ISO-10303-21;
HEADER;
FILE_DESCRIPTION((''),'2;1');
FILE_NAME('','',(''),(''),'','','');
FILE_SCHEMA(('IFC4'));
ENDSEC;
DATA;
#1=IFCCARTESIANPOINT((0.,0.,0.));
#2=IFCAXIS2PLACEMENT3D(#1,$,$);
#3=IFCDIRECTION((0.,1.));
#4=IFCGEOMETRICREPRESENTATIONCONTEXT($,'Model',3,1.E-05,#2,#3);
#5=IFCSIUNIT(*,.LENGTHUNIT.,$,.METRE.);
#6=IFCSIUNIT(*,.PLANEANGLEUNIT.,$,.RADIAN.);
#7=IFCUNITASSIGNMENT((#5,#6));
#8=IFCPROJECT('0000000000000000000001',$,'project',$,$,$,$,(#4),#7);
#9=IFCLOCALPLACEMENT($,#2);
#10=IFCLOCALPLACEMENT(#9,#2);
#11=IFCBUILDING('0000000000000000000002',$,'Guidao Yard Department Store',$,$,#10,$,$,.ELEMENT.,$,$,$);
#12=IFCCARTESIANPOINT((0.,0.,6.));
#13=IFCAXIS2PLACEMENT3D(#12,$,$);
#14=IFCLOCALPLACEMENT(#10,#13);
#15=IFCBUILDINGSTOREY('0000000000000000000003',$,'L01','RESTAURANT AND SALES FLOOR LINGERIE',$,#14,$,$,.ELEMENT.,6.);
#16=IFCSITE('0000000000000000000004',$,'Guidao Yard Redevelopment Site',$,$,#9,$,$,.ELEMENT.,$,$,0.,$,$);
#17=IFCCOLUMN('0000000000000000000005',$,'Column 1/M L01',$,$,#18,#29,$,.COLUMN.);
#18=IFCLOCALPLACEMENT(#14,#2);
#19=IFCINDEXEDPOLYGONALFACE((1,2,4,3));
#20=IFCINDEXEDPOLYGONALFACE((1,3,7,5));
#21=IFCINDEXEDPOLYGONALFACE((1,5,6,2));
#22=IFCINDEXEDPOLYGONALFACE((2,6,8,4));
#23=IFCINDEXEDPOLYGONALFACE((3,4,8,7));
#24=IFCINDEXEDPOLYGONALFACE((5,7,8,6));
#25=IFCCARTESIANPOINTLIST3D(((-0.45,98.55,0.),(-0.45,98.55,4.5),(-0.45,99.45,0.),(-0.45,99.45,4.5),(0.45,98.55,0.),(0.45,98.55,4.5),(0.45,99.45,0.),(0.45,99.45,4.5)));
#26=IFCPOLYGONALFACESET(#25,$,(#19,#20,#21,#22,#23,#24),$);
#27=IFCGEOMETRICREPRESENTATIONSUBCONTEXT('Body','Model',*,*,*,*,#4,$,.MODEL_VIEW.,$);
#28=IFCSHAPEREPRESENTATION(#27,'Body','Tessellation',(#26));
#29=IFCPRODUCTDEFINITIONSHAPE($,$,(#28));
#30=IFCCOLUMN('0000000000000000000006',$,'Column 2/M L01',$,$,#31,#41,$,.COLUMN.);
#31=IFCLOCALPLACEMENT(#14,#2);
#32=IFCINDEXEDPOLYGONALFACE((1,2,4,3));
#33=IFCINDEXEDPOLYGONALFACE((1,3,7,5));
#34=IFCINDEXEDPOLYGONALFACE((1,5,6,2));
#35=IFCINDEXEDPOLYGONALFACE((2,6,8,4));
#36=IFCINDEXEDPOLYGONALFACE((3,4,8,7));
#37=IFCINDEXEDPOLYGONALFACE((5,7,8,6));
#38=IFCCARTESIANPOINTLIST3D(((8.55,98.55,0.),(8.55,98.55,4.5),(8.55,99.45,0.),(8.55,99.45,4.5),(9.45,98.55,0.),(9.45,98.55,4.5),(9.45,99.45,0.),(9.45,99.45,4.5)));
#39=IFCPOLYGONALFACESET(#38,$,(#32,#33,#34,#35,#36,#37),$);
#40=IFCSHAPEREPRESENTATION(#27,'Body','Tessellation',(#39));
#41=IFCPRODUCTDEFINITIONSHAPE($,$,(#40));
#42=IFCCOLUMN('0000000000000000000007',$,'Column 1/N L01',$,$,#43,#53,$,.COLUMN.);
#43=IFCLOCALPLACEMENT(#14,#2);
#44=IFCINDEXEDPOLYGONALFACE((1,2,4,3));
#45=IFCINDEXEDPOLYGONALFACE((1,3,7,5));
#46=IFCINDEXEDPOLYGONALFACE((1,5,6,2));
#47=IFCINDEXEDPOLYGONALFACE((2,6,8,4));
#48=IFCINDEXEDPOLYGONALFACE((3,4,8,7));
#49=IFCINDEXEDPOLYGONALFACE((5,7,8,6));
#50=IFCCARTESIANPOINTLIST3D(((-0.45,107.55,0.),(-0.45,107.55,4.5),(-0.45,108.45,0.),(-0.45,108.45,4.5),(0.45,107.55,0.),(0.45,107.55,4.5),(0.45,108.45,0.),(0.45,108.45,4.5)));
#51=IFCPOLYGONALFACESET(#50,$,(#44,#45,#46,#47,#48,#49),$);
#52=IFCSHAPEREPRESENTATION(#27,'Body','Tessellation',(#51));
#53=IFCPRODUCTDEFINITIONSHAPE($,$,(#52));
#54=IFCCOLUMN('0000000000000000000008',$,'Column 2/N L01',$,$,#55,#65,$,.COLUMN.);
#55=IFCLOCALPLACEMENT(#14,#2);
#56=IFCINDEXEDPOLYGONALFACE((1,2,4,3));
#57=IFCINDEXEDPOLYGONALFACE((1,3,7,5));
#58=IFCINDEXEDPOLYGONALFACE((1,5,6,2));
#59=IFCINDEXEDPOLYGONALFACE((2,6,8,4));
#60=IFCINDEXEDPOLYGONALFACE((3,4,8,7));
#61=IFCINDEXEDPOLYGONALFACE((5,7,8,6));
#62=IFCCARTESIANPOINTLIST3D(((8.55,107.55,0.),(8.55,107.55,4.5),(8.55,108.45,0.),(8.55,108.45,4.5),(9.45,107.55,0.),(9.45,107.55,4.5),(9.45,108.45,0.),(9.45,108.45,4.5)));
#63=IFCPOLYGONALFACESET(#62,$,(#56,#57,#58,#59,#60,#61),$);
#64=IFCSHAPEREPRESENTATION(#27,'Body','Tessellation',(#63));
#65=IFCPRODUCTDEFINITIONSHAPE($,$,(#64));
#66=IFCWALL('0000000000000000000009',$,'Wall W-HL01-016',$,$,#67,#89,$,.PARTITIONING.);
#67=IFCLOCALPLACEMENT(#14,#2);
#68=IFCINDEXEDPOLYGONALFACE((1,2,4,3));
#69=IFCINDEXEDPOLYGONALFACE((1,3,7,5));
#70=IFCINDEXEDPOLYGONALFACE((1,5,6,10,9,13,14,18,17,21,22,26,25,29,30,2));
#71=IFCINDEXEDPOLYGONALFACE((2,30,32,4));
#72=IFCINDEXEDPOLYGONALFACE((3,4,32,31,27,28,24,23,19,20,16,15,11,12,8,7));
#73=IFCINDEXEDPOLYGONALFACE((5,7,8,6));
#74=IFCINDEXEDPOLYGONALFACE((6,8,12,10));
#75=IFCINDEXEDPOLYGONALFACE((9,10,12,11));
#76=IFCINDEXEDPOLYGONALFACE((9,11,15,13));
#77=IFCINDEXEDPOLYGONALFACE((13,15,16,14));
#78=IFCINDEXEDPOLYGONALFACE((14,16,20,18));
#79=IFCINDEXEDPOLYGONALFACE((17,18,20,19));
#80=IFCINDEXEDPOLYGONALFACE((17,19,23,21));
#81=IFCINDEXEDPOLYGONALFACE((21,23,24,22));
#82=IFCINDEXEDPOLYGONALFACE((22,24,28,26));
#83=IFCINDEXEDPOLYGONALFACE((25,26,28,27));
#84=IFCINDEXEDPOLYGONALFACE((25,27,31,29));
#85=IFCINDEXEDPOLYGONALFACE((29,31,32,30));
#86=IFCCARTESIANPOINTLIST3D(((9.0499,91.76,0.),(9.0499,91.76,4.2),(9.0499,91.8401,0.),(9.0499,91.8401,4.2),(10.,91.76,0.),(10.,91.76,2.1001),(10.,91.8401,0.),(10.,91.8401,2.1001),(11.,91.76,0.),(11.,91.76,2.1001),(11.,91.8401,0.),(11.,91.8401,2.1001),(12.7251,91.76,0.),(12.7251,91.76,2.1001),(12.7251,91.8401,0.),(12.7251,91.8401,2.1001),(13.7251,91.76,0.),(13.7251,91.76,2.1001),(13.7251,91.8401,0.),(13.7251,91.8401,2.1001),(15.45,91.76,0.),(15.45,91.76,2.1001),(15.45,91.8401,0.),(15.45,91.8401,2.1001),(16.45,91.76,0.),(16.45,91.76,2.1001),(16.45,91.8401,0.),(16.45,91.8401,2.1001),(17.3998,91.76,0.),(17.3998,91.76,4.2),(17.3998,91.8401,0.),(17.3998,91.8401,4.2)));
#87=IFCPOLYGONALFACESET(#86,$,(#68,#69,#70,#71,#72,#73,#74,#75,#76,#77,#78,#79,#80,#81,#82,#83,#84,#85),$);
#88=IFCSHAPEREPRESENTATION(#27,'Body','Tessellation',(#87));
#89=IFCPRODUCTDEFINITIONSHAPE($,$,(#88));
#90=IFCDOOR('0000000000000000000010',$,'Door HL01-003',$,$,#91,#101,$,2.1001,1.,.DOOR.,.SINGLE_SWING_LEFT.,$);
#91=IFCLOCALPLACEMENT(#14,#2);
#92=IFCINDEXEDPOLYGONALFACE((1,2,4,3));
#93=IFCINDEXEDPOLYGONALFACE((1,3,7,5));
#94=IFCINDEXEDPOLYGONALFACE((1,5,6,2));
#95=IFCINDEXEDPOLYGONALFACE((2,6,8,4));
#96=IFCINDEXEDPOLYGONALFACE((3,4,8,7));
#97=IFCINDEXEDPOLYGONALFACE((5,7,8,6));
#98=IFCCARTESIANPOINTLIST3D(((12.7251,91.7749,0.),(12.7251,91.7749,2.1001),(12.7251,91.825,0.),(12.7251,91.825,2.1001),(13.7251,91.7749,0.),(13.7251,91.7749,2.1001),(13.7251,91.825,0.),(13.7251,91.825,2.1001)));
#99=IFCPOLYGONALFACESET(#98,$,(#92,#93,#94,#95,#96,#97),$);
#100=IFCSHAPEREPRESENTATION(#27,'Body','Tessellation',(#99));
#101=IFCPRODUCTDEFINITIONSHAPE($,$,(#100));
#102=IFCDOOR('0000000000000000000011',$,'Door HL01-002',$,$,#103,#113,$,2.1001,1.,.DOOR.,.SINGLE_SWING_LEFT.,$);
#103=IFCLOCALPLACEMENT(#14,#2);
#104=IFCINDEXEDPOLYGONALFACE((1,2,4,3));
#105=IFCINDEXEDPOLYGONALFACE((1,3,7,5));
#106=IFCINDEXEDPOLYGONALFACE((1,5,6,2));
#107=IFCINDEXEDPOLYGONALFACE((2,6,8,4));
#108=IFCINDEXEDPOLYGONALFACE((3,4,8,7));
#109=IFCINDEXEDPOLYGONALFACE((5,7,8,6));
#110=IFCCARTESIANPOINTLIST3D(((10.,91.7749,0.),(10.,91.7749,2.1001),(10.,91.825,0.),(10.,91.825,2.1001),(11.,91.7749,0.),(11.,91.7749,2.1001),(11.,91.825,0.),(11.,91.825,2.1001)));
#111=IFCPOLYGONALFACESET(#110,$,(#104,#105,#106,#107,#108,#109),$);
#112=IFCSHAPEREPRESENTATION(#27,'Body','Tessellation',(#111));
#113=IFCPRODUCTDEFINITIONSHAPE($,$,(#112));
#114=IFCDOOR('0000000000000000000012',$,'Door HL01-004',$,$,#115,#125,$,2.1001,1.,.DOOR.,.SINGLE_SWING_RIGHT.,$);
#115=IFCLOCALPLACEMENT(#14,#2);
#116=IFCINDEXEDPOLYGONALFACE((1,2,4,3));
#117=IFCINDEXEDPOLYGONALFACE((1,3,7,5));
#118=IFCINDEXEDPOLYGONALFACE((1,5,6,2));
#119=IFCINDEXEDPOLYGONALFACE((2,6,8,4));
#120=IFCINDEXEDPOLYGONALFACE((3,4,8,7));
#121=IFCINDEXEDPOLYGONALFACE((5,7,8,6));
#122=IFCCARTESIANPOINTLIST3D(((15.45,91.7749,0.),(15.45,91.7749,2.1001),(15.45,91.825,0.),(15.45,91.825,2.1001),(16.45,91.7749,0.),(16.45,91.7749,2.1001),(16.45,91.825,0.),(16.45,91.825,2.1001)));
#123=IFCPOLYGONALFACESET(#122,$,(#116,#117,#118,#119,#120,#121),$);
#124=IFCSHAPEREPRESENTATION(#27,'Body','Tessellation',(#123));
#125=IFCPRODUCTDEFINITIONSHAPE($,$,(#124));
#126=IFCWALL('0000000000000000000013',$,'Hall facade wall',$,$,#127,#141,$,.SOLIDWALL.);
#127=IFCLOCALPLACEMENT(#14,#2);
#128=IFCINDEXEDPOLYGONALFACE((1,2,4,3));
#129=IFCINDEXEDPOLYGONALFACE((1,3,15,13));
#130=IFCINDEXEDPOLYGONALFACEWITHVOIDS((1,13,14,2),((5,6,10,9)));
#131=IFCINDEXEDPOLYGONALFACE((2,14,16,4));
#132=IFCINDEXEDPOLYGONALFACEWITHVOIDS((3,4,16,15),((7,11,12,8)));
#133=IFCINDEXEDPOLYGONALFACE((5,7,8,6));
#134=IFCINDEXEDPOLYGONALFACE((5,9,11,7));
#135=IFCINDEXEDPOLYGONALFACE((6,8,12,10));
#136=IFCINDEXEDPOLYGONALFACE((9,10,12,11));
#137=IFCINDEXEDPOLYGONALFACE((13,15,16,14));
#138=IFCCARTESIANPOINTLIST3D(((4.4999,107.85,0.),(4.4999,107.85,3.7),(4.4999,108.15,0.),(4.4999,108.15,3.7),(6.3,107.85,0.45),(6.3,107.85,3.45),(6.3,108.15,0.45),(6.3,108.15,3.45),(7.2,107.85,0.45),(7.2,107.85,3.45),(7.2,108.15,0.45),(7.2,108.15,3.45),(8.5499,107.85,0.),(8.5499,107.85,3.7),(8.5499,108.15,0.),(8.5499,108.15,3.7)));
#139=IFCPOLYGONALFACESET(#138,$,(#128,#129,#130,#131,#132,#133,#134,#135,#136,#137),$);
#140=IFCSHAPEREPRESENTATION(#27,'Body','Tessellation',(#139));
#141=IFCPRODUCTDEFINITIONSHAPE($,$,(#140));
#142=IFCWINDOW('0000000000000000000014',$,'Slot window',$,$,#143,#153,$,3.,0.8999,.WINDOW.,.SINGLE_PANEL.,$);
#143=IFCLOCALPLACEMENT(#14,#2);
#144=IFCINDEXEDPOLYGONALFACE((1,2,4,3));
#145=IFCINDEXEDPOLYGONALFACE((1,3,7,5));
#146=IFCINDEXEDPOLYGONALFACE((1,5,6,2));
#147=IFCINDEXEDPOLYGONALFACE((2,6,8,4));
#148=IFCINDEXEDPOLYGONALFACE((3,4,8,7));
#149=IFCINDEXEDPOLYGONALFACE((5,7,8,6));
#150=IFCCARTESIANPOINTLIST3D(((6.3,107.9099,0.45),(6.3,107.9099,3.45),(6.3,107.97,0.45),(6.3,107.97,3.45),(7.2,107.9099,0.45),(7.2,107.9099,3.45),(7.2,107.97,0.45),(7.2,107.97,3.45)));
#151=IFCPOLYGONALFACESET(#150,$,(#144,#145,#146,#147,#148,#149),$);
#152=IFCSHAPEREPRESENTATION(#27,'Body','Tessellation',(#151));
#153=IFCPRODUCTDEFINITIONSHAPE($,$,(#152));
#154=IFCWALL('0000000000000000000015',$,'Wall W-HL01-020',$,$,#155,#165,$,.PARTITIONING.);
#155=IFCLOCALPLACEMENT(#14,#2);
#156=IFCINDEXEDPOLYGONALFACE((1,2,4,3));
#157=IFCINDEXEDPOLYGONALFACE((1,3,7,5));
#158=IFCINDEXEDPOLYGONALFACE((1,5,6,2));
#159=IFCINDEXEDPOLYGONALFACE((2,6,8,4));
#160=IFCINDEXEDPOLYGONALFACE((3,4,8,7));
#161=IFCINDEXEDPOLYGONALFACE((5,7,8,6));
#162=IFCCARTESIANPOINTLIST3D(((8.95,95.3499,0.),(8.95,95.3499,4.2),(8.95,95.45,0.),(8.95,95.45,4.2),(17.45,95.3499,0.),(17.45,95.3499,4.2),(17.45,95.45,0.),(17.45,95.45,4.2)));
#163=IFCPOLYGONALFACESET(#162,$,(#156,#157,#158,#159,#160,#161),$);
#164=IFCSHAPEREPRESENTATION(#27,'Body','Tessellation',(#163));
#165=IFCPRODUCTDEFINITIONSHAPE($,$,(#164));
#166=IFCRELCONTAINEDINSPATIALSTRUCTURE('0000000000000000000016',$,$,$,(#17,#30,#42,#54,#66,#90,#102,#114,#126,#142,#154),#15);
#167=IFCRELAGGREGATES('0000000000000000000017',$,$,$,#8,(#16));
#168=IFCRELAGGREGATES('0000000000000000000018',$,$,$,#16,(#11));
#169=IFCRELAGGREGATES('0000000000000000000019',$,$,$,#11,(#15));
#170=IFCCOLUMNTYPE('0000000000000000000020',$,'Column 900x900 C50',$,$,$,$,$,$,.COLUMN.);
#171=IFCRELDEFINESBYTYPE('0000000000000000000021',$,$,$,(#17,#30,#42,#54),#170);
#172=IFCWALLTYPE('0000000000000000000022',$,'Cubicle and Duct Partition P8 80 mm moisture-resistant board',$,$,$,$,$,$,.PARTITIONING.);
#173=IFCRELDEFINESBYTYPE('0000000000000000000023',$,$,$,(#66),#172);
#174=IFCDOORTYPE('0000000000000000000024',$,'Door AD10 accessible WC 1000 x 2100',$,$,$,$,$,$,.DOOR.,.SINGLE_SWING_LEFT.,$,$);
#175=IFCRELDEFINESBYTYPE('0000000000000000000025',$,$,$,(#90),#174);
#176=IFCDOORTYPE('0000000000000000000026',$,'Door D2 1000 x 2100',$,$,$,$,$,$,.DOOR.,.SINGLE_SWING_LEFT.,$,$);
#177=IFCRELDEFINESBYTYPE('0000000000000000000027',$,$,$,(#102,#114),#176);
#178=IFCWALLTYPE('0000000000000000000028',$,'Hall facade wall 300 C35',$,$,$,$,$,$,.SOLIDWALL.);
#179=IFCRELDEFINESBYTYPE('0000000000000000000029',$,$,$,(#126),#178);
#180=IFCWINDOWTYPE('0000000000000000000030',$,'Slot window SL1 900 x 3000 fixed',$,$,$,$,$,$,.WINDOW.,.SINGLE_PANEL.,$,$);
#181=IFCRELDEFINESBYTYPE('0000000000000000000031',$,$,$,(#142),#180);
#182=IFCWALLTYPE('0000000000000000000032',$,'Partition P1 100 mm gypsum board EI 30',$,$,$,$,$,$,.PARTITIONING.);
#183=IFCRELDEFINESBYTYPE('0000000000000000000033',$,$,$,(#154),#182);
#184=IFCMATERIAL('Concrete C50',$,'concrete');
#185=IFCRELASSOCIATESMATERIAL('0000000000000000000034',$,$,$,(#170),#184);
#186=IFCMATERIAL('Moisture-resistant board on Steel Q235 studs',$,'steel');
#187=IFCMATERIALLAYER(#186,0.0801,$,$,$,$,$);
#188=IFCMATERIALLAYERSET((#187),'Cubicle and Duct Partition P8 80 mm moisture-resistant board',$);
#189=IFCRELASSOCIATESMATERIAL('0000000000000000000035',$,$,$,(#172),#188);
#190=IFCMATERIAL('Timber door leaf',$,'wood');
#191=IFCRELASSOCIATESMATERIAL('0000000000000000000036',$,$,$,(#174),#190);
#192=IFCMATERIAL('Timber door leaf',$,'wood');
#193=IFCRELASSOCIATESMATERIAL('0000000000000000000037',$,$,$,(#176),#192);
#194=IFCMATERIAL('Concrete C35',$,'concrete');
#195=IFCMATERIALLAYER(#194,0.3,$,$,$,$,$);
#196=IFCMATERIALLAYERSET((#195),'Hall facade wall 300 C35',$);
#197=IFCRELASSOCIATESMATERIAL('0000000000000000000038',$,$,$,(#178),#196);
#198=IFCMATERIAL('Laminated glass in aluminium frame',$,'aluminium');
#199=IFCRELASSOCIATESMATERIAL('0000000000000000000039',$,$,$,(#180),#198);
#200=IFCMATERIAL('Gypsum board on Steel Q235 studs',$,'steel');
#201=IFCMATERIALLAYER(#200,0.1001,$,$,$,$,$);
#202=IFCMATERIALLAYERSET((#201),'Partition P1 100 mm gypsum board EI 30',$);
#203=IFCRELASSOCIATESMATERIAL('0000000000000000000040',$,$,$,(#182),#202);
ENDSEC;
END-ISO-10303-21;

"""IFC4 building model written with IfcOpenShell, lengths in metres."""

from ifc_helpers import new_model, si_unit, direction, frame, frame_2d, origin, origin_2d, place, context, subcontext, project, spatial, rectangle, extrude, material, layer, layer_set, material_profile, profile_set, type_object, element, fill, save


model = new_model("IFC4")

# Units and contexts
model_context = context("Model", 3, precision=1e-05, world=origin(), true_north=direction((0.0, 1.0)))
body_context = subcontext(model_context, "Body", "Model", "MODEL_VIEW")
ifc_project = project(units=[si_unit("LENGTHUNIT", "METRE"), si_unit("PLANEANGLEUNIT", "RADIAN")], contexts=[model_context])

# Site, building, storey
site_placement = place(None, origin())
site = spatial("IfcSite", under=ifc_project, at=site_placement, Name="Guidao Yard Redevelopment Site", CompositionType="ELEMENT", RefElevation=0.0)
building_placement = place(site_placement, origin())
building = spatial("IfcBuilding", under=site, at=building_placement, Name="Guidao Yard Department Store", CompositionType="ELEMENT")
storey_placement = place(building_placement, frame((0.0, 0.0, 6.0)))
storey = spatial("IfcBuildingStorey", under=building, at=storey_placement, Name="L01", Description="RESTAURANT AND SALES FLOOR LINGERIE", CompositionType="ELEMENT", Elevation=6.0)

# Columns
ifc_material_1 = material(Name="Concrete C50", Category="concrete")
ifc_material_profile = material_profile(ifc_material_1, rectangle(XDim=0.8999, YDim=0.8999, at=origin_2d()), Name="COL 900x900")
ifc_profile_set = profile_set([ifc_material_profile], Name="Concrete C50")
column_type = type_object("IfcColumnType", Name="Column 900x900 C50", PredefinedType="COLUMN", material=ifc_profile_set)
for number, where, z_axis, x_axis, name in (
    (1, (0.0, 99.0, 0.0), (0.0, 0.0, 1.0), (1.0, 0.0, 0.0), "Column 1/M L01"),
    (2, (9.0, 99.0, 0.0), (0.0, 0.0, 1.0), (1.0, 0.0, 0.0), "Column 2/M L01"),
    (3, (0.0, 108.0, 0.0), (0.0, 0.0, 1.0), (1.0, 0.0, 0.0), "Column 1/N L01"),
    (4, (9.0, 108.0, 0.0), (0.0, 0.0, 1.0), (1.0, 0.0, 0.0), "Column 2/N L01"),
):
    element("IfcColumn", number, at=place(storey_placement, frame(where, z_axis=z_axis, x_axis=x_axis)), inside=storey, type_object=column_type, Name=name, PredefinedType="COLUMN", context=body_context, shape_type="SweptSolid", body=[
        extrude(rectangle(XDim=0.8999, YDim=0.8999, at=origin_2d()), origin(), (0.0, 0.0, 1.0), 4.5),
    ])

# Wall, openings, doors
ifc_material_2 = material(Name="Moisture-resistant board on Steel Q235 studs", Category="steel")
ifc_layer_1 = layer(ifc_material_2, 0.0801)
ifc_layer_set_1 = layer_set([ifc_layer_1], Name="Cubicle and Duct Partition P8 80 mm moisture-resistant board")
wall_type_1 = type_object("IfcWallType", Name="Cubicle and Duct Partition P8 80 mm moisture-resistant board", PredefinedType="PARTITIONING", material=ifc_layer_set_1)
wall_1_placement = place(storey_placement, frame((9.05, 91.8, 0.0), z_axis=(0.0, 0.0, 1.0), x_axis=(1.0, 0.0, 0.0)))
wall_1 = element("IfcWall", 5, at=wall_1_placement, inside=storey, type_object=wall_type_1, Name="Wall W-HL01-016", PredefinedType="PARTITIONING", context=body_context, shape_type="SweptSolid", body=[
    extrude(rectangle(XDim=8.3499, YDim=0.0801, at=frame_2d((4.1748, 0.0))), origin(), (0.0, 0.0, 1.0), 4.2),
])
opening_1_placement = place(wall_1_placement, frame((0.95, 0.0, 0.0)))
opening_1 = element("IfcOpeningElement", 6, at=opening_1_placement, cuts=wall_1, PredefinedType="OPENING", context=body_context, shape_type="SweptSolid", body=[
    extrude(rectangle(XDim=1.0, YDim=2.1001, at=frame_2d((0.5, 1.05))), frame((0.0, 0.05, 0.0), z_axis=(0.0, -1.0, 0.0), x_axis=(1.0, 0.0, 0.0)), (0.0, 0.0, 1.0), 0.1001),
])
opening_2_placement = place(wall_1_placement, frame((3.675, 0.0, 0.0)))
opening_2 = element("IfcOpeningElement", 7, at=opening_2_placement, cuts=wall_1, PredefinedType="OPENING", context=body_context, shape_type="SweptSolid", body=[
    extrude(rectangle(XDim=1.0, YDim=2.1001, at=frame_2d((0.5, 1.05))), frame((0.0, 0.05, 0.0), z_axis=(0.0, -1.0, 0.0), x_axis=(1.0, 0.0, 0.0)), (0.0, 0.0, 1.0), 0.1001),
])
opening_3_placement = place(wall_1_placement, frame((6.3999, 0.0, 0.0)))
opening_3 = element("IfcOpeningElement", 8, at=opening_3_placement, cuts=wall_1, PredefinedType="OPENING", context=body_context, shape_type="SweptSolid", body=[
    extrude(rectangle(XDim=1.0, YDim=2.1001, at=frame_2d((0.5, 1.05))), frame((0.0, 0.05, 0.0), z_axis=(0.0, -1.0, 0.0), x_axis=(1.0, 0.0, 0.0)), (0.0, 0.0, 1.0), 0.1001),
])
ifc_material_3 = material(Name="Timber door leaf", Category="wood")
door_type_1 = type_object("IfcDoorType", Name="Door AD10 accessible WC 1000 x 2100", OperationType="SINGLE_SWING_LEFT", PredefinedType="DOOR", material=ifc_material_3)
door_1_placement = place(opening_2_placement, origin())
door_1 = element("IfcDoor", 9, at=door_1_placement, inside=storey, type_object=door_type_1, Name="Door HL01-003", OperationType="SINGLE_SWING_LEFT", OverallHeight=2.1001, OverallWidth=1.0, PredefinedType="DOOR", context=body_context, shape_type="SweptSolid", body=[
    extrude(rectangle(XDim=1.0, YDim=2.1001, at=frame_2d((0.5, 1.05))), frame((0.0, 0.0249, 0.0), z_axis=(0.0, -1.0, 0.0), x_axis=(1.0, 0.0, 0.0)), (0.0, 0.0, 1.0), 0.05),
])
fill(opening_2, door_1)
ifc_material_4 = material(Name="Timber door leaf", Category="wood")
door_type_2 = type_object("IfcDoorType", Name="Door D2 1000 x 2100", OperationType="SINGLE_SWING_LEFT", PredefinedType="DOOR", material=ifc_material_4)
door_2_placement = place(opening_1_placement, origin())
door_2 = element("IfcDoor", 10, at=door_2_placement, inside=storey, type_object=door_type_2, Name="Door HL01-002", OperationType="SINGLE_SWING_LEFT", OverallHeight=2.1001, OverallWidth=1.0, PredefinedType="DOOR", context=body_context, shape_type="SweptSolid", body=[
    extrude(rectangle(XDim=1.0, YDim=2.1001, at=frame_2d((0.5, 1.05))), frame((0.0, 0.0249, 0.0), z_axis=(0.0, -1.0, 0.0), x_axis=(1.0, 0.0, 0.0)), (0.0, 0.0, 1.0), 0.05),
])
fill(opening_1, door_2)
door_3_placement = place(opening_3_placement, origin())
door_3 = element("IfcDoor", 11, at=door_3_placement, inside=storey, type_object=door_type_2, Name="Door HL01-004", OperationType="SINGLE_SWING_RIGHT", OverallHeight=2.1001, OverallWidth=1.0, PredefinedType="DOOR", context=body_context, shape_type="SweptSolid", body=[
    extrude(rectangle(XDim=1.0, YDim=2.1001, at=frame_2d((0.5, 1.05))), frame((0.0, 0.0249, 0.0), z_axis=(0.0, -1.0, 0.0), x_axis=(1.0, 0.0, 0.0)), (0.0, 0.0, 1.0), 0.05),
])
fill(opening_3, door_3)

# Wall, opening, window
ifc_material_5 = material(Name="Concrete C35", Category="concrete")
ifc_layer_2 = layer(ifc_material_5, 0.3)
ifc_layer_set_2 = layer_set([ifc_layer_2], Name="Hall facade wall 300 C35")
wall_type_2 = type_object("IfcWallType", Name="Hall facade wall 300 C35", PredefinedType="SOLIDWALL", material=ifc_layer_set_2)
wall_2_placement = place(storey_placement, frame((4.5, 108.0, 0.0), z_axis=(0.0, 0.0, 1.0), x_axis=(1.0, 0.0, 0.0)))
wall_2 = element("IfcWall", 12, at=wall_2_placement, inside=storey, type_object=wall_type_2, Name="Hall facade wall", PredefinedType="SOLIDWALL", context=body_context, shape_type="SweptSolid", body=[
    extrude(rectangle(XDim=4.05, YDim=0.3, at=frame_2d((2.0249, 0.0))), origin(), (0.0, 0.0, 1.0), 3.7),
])
opening_4_placement = place(wall_2_placement, frame((1.8, 0.0, 0.45)))
opening_4 = element("IfcOpeningElement", 13, at=opening_4_placement, cuts=wall_2, PredefinedType="OPENING", context=body_context, shape_type="SweptSolid", body=[
    extrude(rectangle(XDim=0.8999, YDim=3.0, at=frame_2d((0.45, 1.5))), frame((0.0, 0.1599, 0.0), z_axis=(0.0, -1.0, 0.0), x_axis=(1.0, 0.0, 0.0)), (0.0, 0.0, 1.0), 0.3201),
])
ifc_material_6 = material(Name="Laminated glass in aluminium frame", Category="aluminium")
window_type = type_object("IfcWindowType", Name="Slot window SL1 900 x 3000 fixed", PartitioningType="SINGLE_PANEL", PredefinedType="WINDOW", material=ifc_material_6)
window_placement = place(opening_4_placement, origin())
window = element("IfcWindow", 14, at=window_placement, inside=storey, type_object=window_type, Name="Slot window", OverallHeight=3.0, OverallWidth=0.8999, PartitioningType="SINGLE_PANEL", PredefinedType="WINDOW", context=body_context, shape_type="SweptSolid", body=[
    extrude(rectangle(XDim=0.8999, YDim=3.0, at=frame_2d((0.45, 1.5))), frame((0.0, -0.03, 0.0), z_axis=(0.0, -1.0, 0.0), x_axis=(1.0, 0.0, 0.0)), (0.0, 0.0, 1.0), 0.0601),
])
fill(opening_4, window)

# Wall
ifc_material_7 = material(Name="Gypsum board on Steel Q235 studs", Category="steel")
ifc_layer_3 = layer(ifc_material_7, 0.1001)
ifc_layer_set_3 = layer_set([ifc_layer_3], Name="Partition P1 100 mm gypsum board EI 30")
wall_type_3 = type_object("IfcWallType", Name="Partition P1 100 mm gypsum board EI 30", PredefinedType="PARTITIONING", material=ifc_layer_set_3)
wall_3_placement = place(storey_placement, frame((8.95, 95.3999, 0.0), z_axis=(0.0, 0.0, 1.0), x_axis=(1.0, 0.0, 0.0)))
element("IfcWall", 15, at=wall_3_placement, inside=storey, type_object=wall_type_3, Name="Wall W-HL01-020", PredefinedType="PARTITIONING", context=body_context, shape_type="SweptSolid", body=[
    extrude(rectangle(XDim=8.5, YDim=0.1001, at=frame_2d((4.25, 0.0))), origin(), (0.0, 0.0, 1.0), 4.2),
])

save(model, "model.ifc")
